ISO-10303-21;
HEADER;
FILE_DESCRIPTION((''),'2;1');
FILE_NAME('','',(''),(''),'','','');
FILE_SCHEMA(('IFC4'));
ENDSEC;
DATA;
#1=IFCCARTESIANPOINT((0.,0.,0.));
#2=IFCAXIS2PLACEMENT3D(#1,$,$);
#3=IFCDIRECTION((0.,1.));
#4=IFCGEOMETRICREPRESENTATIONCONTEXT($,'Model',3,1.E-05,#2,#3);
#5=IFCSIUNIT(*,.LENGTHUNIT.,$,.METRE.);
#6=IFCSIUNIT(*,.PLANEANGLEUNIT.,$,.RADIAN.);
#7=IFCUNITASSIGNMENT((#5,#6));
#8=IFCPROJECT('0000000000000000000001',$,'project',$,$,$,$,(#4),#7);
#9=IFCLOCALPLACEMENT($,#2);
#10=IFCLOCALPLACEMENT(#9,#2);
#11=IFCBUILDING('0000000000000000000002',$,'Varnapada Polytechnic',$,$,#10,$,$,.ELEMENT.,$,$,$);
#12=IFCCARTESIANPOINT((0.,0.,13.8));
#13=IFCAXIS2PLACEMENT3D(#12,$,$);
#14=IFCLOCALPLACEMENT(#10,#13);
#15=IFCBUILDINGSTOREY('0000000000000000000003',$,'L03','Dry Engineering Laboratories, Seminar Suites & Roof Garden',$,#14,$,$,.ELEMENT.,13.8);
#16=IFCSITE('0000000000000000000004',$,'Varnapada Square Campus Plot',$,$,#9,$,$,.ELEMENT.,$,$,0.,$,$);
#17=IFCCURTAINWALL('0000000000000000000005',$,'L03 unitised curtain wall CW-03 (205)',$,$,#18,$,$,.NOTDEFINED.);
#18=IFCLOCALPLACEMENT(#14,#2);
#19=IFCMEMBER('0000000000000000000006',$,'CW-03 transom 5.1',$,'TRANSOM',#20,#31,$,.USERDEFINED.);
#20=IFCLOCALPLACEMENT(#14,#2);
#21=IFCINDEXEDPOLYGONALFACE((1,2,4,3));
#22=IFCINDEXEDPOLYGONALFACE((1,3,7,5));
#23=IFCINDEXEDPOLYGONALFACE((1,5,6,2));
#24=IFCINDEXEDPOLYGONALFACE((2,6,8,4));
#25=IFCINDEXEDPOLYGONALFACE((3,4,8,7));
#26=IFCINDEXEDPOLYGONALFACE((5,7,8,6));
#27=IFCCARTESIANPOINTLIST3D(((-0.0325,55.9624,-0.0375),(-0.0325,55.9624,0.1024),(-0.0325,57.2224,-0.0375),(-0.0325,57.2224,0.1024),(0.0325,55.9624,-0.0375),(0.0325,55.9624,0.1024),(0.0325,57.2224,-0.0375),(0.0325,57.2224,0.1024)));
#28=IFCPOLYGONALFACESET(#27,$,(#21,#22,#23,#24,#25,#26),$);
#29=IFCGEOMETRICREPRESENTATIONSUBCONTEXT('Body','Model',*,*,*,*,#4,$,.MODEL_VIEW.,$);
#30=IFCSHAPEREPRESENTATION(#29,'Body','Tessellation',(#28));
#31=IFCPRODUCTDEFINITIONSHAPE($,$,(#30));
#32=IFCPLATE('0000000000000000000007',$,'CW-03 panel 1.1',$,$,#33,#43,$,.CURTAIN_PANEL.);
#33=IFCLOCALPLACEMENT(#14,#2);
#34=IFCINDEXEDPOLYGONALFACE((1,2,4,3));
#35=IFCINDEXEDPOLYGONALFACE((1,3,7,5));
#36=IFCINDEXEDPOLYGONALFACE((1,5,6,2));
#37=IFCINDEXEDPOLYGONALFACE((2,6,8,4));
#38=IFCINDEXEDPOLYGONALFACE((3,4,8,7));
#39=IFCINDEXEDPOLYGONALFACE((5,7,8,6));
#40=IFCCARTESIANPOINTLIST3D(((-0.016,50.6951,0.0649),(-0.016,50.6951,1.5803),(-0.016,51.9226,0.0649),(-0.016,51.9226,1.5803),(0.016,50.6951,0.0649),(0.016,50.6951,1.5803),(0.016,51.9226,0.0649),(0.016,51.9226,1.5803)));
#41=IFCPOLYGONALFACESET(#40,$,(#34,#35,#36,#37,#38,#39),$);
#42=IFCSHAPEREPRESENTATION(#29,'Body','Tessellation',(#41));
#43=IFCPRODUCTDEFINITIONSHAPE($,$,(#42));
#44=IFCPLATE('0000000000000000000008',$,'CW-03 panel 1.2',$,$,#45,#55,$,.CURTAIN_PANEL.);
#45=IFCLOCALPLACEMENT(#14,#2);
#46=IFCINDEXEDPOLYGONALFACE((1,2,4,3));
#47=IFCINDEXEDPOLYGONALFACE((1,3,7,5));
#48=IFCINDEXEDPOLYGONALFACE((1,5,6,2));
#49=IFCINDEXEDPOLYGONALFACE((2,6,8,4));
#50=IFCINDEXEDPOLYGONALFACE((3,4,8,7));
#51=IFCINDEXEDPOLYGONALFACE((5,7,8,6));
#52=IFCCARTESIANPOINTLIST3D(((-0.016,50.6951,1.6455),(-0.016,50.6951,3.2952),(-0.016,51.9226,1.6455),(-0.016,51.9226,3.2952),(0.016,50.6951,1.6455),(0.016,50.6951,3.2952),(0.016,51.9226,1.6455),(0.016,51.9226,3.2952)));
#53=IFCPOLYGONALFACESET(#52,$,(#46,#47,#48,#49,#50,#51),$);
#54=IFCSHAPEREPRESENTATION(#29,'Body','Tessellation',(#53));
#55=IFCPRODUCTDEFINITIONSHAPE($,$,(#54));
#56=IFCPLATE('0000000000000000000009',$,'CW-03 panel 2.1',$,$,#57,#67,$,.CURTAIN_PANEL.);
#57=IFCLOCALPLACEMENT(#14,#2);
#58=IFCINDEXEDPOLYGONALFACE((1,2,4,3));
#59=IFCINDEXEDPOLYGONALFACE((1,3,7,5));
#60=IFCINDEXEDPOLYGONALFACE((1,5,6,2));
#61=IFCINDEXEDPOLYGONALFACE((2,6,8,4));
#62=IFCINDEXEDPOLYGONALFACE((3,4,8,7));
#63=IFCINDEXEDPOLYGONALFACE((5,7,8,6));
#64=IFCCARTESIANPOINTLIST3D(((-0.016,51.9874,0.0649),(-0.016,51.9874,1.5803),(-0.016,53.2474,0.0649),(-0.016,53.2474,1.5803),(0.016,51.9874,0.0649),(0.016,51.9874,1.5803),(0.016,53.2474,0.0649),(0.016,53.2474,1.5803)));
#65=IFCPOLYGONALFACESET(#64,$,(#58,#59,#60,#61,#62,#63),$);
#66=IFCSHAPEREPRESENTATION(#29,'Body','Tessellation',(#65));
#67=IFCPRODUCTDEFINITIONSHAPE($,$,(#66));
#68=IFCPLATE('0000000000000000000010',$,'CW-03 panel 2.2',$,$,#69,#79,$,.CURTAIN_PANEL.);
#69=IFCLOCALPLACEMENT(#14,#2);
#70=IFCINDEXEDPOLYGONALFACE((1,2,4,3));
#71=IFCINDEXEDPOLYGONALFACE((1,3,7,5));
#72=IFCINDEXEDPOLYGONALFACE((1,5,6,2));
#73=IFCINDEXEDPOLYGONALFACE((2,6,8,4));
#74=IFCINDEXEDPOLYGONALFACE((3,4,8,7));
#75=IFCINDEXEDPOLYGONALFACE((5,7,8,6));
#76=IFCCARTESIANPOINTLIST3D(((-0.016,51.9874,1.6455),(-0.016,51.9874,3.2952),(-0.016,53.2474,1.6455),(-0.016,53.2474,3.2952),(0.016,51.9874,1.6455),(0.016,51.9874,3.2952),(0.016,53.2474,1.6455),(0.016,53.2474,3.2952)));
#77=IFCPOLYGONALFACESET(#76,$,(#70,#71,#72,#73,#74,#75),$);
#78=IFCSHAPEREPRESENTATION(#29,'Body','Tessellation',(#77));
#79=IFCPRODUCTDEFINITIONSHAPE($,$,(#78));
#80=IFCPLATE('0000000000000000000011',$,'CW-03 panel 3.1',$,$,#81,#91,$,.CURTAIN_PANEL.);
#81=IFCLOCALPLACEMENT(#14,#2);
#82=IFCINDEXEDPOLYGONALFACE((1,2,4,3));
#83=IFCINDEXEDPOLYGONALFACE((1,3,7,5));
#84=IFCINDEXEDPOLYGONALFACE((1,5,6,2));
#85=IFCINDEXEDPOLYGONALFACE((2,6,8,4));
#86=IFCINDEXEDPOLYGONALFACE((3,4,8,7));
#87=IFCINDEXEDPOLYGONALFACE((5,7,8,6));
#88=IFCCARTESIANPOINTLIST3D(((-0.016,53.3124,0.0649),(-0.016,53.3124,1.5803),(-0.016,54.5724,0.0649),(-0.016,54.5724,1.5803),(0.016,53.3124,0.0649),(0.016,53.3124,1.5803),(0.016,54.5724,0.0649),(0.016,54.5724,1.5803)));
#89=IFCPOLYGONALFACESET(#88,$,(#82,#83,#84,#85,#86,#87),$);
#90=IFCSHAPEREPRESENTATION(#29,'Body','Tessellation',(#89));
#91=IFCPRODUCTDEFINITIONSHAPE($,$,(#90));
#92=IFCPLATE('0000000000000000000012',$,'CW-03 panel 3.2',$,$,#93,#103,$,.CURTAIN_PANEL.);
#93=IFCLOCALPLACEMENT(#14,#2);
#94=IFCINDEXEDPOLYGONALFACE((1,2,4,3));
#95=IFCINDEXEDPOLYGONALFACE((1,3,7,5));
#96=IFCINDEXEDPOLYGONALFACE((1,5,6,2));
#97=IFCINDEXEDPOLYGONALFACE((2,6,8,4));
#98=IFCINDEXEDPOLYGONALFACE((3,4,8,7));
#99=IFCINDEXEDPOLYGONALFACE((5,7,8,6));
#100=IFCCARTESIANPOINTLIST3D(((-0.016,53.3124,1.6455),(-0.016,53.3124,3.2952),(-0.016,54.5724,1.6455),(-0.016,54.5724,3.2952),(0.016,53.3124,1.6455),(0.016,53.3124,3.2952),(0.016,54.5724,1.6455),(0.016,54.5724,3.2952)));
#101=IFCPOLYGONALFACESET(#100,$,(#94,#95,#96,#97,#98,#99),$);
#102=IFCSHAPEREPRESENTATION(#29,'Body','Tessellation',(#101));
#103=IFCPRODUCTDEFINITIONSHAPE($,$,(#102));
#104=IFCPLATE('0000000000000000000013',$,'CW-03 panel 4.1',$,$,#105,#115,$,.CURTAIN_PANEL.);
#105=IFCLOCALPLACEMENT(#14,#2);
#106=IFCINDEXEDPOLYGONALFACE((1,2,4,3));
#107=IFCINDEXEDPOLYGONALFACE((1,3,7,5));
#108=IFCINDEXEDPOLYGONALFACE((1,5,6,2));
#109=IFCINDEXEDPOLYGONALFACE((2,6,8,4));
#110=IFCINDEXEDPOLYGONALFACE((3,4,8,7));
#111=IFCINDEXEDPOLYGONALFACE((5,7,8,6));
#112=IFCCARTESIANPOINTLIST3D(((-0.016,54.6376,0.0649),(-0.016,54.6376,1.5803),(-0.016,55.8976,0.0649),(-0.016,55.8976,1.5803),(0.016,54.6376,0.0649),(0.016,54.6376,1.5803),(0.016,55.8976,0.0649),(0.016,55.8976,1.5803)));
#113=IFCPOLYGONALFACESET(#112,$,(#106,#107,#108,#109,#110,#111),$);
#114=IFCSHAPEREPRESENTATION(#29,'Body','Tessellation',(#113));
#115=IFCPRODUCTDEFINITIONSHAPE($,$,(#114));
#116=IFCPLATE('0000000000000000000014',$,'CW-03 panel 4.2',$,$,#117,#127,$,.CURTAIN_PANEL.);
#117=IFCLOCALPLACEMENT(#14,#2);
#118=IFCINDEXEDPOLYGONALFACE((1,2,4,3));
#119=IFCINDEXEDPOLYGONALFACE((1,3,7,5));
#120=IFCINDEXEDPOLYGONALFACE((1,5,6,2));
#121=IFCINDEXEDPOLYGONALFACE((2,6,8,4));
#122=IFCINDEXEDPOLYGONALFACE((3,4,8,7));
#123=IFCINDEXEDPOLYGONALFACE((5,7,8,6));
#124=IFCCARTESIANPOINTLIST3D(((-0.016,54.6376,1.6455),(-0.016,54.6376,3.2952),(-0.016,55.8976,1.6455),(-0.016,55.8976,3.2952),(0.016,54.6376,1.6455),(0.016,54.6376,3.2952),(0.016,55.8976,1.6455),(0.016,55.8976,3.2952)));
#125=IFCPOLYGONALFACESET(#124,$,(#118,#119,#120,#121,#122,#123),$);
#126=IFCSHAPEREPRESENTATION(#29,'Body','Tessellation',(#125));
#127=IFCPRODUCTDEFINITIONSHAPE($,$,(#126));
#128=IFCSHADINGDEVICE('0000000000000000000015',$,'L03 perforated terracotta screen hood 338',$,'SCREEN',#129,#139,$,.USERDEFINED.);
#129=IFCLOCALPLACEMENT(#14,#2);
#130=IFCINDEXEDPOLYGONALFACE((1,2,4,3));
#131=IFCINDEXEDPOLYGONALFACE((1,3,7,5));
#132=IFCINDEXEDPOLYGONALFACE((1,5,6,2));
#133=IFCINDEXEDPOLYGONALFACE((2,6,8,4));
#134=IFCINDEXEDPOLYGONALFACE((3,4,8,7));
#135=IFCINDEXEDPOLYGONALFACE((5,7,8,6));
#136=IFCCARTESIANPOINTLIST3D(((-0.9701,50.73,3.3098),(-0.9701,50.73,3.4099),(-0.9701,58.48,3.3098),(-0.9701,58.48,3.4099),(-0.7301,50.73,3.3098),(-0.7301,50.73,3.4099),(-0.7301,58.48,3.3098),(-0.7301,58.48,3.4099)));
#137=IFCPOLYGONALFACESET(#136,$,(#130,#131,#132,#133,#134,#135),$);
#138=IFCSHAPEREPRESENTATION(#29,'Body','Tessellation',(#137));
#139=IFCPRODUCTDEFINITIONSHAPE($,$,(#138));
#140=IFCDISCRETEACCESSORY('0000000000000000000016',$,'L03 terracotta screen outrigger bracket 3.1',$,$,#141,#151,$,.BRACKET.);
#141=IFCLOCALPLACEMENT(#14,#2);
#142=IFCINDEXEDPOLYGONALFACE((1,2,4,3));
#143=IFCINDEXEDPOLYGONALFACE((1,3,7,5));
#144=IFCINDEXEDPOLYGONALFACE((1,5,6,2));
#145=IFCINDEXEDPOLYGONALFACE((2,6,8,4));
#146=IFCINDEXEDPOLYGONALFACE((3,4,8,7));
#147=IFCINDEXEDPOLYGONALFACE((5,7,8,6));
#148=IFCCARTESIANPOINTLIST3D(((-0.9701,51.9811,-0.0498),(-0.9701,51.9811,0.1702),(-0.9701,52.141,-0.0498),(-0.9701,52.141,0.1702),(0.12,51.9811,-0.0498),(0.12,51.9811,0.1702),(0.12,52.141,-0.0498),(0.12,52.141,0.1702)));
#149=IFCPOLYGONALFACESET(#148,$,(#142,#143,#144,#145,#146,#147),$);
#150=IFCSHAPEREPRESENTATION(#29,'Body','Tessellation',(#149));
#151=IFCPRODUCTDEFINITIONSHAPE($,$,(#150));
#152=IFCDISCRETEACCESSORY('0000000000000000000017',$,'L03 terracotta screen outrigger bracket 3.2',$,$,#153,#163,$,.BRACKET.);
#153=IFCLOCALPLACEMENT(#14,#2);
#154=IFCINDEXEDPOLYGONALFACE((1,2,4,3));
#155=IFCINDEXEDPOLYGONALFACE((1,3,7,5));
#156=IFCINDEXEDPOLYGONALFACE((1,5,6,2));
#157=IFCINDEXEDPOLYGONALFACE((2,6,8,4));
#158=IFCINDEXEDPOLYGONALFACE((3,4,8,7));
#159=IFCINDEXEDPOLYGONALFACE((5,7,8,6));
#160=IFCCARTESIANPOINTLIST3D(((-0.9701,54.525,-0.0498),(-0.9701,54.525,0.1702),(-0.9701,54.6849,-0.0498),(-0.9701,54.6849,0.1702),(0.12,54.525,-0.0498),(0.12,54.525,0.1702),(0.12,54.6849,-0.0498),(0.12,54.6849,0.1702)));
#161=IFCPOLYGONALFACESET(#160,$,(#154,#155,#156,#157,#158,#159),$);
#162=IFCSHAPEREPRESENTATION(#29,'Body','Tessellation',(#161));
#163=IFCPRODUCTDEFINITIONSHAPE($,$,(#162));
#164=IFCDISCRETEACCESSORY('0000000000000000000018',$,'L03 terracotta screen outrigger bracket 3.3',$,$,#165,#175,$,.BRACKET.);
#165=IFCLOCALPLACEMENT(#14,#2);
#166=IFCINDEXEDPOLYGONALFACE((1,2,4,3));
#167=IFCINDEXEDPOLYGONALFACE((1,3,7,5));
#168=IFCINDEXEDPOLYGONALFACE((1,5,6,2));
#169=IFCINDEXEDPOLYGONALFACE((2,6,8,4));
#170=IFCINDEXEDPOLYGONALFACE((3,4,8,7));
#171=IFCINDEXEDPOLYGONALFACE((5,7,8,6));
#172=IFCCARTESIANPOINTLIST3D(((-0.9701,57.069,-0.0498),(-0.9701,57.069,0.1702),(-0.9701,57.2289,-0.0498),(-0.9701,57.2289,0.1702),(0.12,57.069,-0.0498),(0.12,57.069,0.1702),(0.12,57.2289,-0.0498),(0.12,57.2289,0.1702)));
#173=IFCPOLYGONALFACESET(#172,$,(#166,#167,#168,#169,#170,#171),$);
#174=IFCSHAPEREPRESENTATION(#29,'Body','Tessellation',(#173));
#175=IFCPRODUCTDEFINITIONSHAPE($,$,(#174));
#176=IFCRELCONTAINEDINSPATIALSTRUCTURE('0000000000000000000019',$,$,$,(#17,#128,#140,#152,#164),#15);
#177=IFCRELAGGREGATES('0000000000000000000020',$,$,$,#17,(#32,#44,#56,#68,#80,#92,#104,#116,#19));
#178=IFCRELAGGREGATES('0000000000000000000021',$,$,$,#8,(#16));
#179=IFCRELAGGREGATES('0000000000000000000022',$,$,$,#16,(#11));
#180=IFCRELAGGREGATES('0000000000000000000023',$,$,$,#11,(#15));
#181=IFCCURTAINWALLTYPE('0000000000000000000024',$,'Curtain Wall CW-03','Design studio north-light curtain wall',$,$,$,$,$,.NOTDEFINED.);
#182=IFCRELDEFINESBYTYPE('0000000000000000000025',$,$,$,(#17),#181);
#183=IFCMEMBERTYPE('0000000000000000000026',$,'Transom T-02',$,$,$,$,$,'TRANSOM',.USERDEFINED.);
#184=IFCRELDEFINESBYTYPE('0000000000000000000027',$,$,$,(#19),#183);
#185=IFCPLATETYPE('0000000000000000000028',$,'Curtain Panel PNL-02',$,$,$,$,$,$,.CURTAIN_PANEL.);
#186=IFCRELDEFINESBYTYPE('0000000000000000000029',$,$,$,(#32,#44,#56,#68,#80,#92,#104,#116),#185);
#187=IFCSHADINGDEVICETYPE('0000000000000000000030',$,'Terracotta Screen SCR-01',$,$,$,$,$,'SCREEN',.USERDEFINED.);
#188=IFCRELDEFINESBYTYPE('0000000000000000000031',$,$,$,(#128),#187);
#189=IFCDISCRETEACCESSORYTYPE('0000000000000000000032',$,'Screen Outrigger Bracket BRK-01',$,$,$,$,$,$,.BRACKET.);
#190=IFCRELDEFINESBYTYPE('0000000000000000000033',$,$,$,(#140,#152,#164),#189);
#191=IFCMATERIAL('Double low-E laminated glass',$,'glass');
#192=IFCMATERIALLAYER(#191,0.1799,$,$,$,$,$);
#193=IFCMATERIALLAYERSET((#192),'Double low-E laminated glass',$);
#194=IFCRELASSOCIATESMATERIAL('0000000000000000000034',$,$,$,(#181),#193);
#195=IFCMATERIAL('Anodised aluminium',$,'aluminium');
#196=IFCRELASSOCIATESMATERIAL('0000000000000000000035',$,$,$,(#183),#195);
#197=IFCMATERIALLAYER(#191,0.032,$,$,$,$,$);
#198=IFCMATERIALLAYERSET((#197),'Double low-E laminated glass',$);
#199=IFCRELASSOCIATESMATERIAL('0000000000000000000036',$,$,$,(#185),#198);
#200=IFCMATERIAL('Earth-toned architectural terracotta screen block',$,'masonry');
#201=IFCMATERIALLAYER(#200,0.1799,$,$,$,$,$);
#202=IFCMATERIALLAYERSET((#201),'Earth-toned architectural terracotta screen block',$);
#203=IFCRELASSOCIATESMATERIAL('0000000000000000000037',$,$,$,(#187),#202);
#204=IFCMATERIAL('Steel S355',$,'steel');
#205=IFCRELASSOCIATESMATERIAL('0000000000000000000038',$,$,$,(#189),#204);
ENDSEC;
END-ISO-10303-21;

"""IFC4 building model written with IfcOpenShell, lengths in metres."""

from ifc_helpers import new_model, si_unit, direction, frame, origin, origin_2d, place, context, subcontext, project, spatial, rectangle, extrude, material, layer, layer_set, material_profile, profile_set, type_object, element, aggregate, save


model = new_model("IFC4")

# Units and contexts
model_context = context("Model", 3, precision=1e-05, world=origin(), true_north=direction((0.0, 1.0)))
body_context = subcontext(model_context, "Body", "Model", "MODEL_VIEW")
ifc_project = project(units=[si_unit("LENGTHUNIT", "METRE"), si_unit("PLANEANGLEUNIT", "RADIAN")], contexts=[model_context])

# Site, building, storey
site_placement = place(None, origin())
site = spatial("IfcSite", under=ifc_project, at=site_placement, Name="Varnapada Square Campus Plot", CompositionType="ELEMENT", RefElevation=0.0)
building_placement = place(site_placement, origin())
building = spatial("IfcBuilding", under=site, at=building_placement, Name="Varnapada Polytechnic", CompositionType="ELEMENT")
storey_placement = place(building_placement, frame((0.0, 0.0, 13.8)))
storey = spatial("IfcBuildingStorey", under=building, at=storey_placement, Name="L03", Description="Dry Engineering Laboratories, Seminar Suites & Roof Garden", CompositionType="ELEMENT", Elevation=13.8)

# Curtain wall, member, plates
ifc_material_1 = material(Name="Double low-E laminated glass", Category="glass")
ifc_layer_1 = layer(ifc_material_1, 0.1799)
ifc_layer_set_1 = layer_set([ifc_layer_1], Name="Double low-E laminated glass")
curtain_wall_type = type_object("IfcCurtainWallType", Name="Curtain Wall CW-03", Description="Design studio north-light curtain wall", PredefinedType="NOTDEFINED", material=ifc_layer_set_1)
curtain_wall_placement = place(storey_placement, origin())
curtain_wall = element("IfcCurtainWall", 1, at=curtain_wall_placement, inside=storey, type_object=curtain_wall_type, Name="L03 unitised curtain wall CW-03 (205)", PredefinedType="NOTDEFINED")
ifc_material_2 = material(Name="Anodised aluminium", Category="aluminium")
ifc_material_profile_1 = material_profile(ifc_material_2, rectangle(XDim=0.0649, YDim=0.1399, at=origin_2d()), Name="ALU T65x140")
ifc_profile_set_1 = profile_set([ifc_material_profile_1], Name="Anodised aluminium")
member_type_1 = type_object("IfcMemberType", Name="Transom T-02", ElementType="TRANSOM", PredefinedType="USERDEFINED", material=ifc_profile_set_1)
member_1_placement = place(storey_placement, frame((0.0, 55.9624, 0.0325), z_axis=(0.0, 1.0, 0.0), x_axis=(-1.0, 0.0, 0.0)))
member_1 = element("IfcMember", 2, at=member_1_placement, type_object=member_type_1, Name="CW-03 transom 5.1", ObjectType="TRANSOM", PredefinedType="USERDEFINED", context=body_context, shape_type="SweptSolid", body=[
    extrude(rectangle(XDim=0.0649, YDim=0.1399, at=origin_2d()), origin(), (0.0, 0.0, 1.0), 1.26),
])
ifc_layer_2 = layer(ifc_material_1, 0.032)
ifc_layer_set_2 = layer_set([ifc_layer_2], Name="Double low-E laminated glass")
plate_type = type_object("IfcPlateType", Name="Curtain Panel PNL-02", PredefinedType="CURTAIN_PANEL", material=ifc_layer_set_2)
plate_1_placement = place(storey_placement, frame((0.0, 51.3088, 0.0649), z_axis=(0.0, 0.0, 1.0), x_axis=(0.0, 1.0, 0.0)))
plate_1 = element("IfcPlate", 3, at=plate_1_placement, type_object=plate_type, Name="CW-03 panel 1.1", PredefinedType="CURTAIN_PANEL", context=body_context, shape_type="SweptSolid", body=[
    extrude(rectangle(XDim=1.2275, YDim=0.032, at=origin_2d()), origin(), (0.0, 0.0, 1.0), 1.5154),
])
plate_2_placement = place(storey_placement, frame((0.0, 51.3088, 1.6455), z_axis=(0.0, 0.0, 1.0), x_axis=(0.0, 1.0, 0.0)))
plate_2 = element("IfcPlate", 4, at=plate_2_placement, type_object=plate_type, Name="CW-03 panel 1.2", PredefinedType="CURTAIN_PANEL", context=body_context, shape_type="SweptSolid", body=[
    extrude(rectangle(XDim=1.2275, YDim=0.032, at=origin_2d()), origin(), (0.0, 0.0, 1.0), 1.6497),
])
plate_3_placement = place(storey_placement, frame((0.0, 52.6174, 0.0649), z_axis=(0.0, 0.0, 1.0), x_axis=(0.0, 1.0, 0.0)))
plate_3 = element("IfcPlate", 5, at=plate_3_placement, type_object=plate_type, Name="CW-03 panel 2.1", PredefinedType="CURTAIN_PANEL", context=body_context, shape_type="SweptSolid", body=[
    extrude(rectangle(XDim=1.26, YDim=0.032, at=origin_2d()), origin(), (0.0, 0.0, 1.0), 1.5154),
])
plate_4_placement = place(storey_placement, frame((0.0, 52.6174, 1.6455), z_axis=(0.0, 0.0, 1.0), x_axis=(0.0, 1.0, 0.0)))
plate_4 = element("IfcPlate", 6, at=plate_4_placement, type_object=plate_type, Name="CW-03 panel 2.2", PredefinedType="CURTAIN_PANEL", context=body_context, shape_type="SweptSolid", body=[
    extrude(rectangle(XDim=1.26, YDim=0.032, at=origin_2d()), origin(), (0.0, 0.0, 1.0), 1.6497),
])
plate_5_placement = place(storey_placement, frame((0.0, 53.9424, 0.0649), z_axis=(0.0, 0.0, 1.0), x_axis=(0.0, 1.0, 0.0)))
plate_5 = element("IfcPlate", 7, at=plate_5_placement, type_object=plate_type, Name="CW-03 panel 3.1", PredefinedType="CURTAIN_PANEL", context=body_context, shape_type="SweptSolid", body=[
    extrude(rectangle(XDim=1.26, YDim=0.032, at=origin_2d()), origin(), (0.0, 0.0, 1.0), 1.5154),
])
plate_6_placement = place(storey_placement, frame((0.0, 53.9424, 1.6455), z_axis=(0.0, 0.0, 1.0), x_axis=(0.0, 1.0, 0.0)))
plate_6 = element("IfcPlate", 8, at=plate_6_placement, type_object=plate_type, Name="CW-03 panel 3.2", PredefinedType="CURTAIN_PANEL", context=body_context, shape_type="SweptSolid", body=[
    extrude(rectangle(XDim=1.26, YDim=0.032, at=origin_2d()), origin(), (0.0, 0.0, 1.0), 1.6497),
])
plate_7_placement = place(storey_placement, frame((0.0, 55.2676, 0.0649), z_axis=(0.0, 0.0, 1.0), x_axis=(0.0, 1.0, 0.0)))
plate_7 = element("IfcPlate", 9, at=plate_7_placement, type_object=plate_type, Name="CW-03 panel 4.1", PredefinedType="CURTAIN_PANEL", context=body_context, shape_type="SweptSolid", body=[
    extrude(rectangle(XDim=1.26, YDim=0.032, at=origin_2d()), origin(), (0.0, 0.0, 1.0), 1.5154),
])
plate_8_placement = place(storey_placement, frame((0.0, 55.2676, 1.6455), z_axis=(0.0, 0.0, 1.0), x_axis=(0.0, 1.0, 0.0)))
plate_8 = element("IfcPlate", 10, at=plate_8_placement, type_object=plate_type, Name="CW-03 panel 4.2", PredefinedType="CURTAIN_PANEL", context=body_context, shape_type="SweptSolid", body=[
    extrude(rectangle(XDim=1.26, YDim=0.032, at=origin_2d()), origin(), (0.0, 0.0, 1.0), 1.6497),
])
aggregate(curtain_wall, [plate_1, plate_2, plate_3, plate_4, plate_5, plate_6, plate_7, plate_8, member_1])

# Shading device
ifc_material_3 = material(Name="Earth-toned architectural terracotta screen block", Category="masonry")
ifc_layer_3 = layer(ifc_material_3, 0.1799)
ifc_layer_set_3 = layer_set([ifc_layer_3], Name="Earth-toned architectural terracotta screen block")
shading_device_type = type_object("IfcShadingDeviceType", Name="Terracotta Screen SCR-01", ElementType="SCREEN", PredefinedType="USERDEFINED", material=ifc_layer_set_3)
shading_device_placement = place(storey_placement, frame((-0.8501, 54.605, 3.3098), z_axis=(0.0, 0.0, 1.0), x_axis=(0.0, 1.0, 0.0)))
element("IfcShadingDevice", 11, at=shading_device_placement, inside=storey, type_object=shading_device_type, Name="L03 perforated terracotta screen hood 338", ObjectType="SCREEN", PredefinedType="USERDEFINED", context=body_context, shape_type="SweptSolid", body=[
    extrude(rectangle(XDim=7.75, YDim=0.24, at=origin_2d()), origin(), (0.0, 0.0, 1.0), 0.1001),
])

# Discrete accessories
ifc_material_4 = material(Name="Steel S355", Category="steel")
discrete_accessory_type = type_object("IfcDiscreteAccessoryType", Name="Screen Outrigger Bracket BRK-01", PredefinedType="BRACKET", material=ifc_material_4)
for number, where, z_axis, x_axis, name in (
    (12, (-0.425, 52.061, -0.0498), (0.0, 0.0, 1.0), (0.0, 1.0, 0.0), "L03 terracotta screen outrigger bracket 3.1"),
    (13, (-0.425, 54.605, -0.0498), (0.0, 0.0, 1.0), (0.0, 1.0, 0.0), "L03 terracotta screen outrigger bracket 3.2"),
    (14, (-0.425, 57.1489, -0.0498), (0.0, 0.0, 1.0), (0.0, 1.0, 0.0), "L03 terracotta screen outrigger bracket 3.3"),
):
    element("IfcDiscreteAccessory", number, at=place(storey_placement, frame(where, z_axis=z_axis, x_axis=x_axis)), inside=storey, type_object=discrete_accessory_type, Name=name, PredefinedType="BRACKET", context=body_context, shape_type="SweptSolid", body=[
        extrude(rectangle(XDim=0.1599, YDim=1.0901, at=origin_2d()), origin(), (0.0, 0.0, 1.0), 0.22),
    ])

save(model, "model.ifc")
